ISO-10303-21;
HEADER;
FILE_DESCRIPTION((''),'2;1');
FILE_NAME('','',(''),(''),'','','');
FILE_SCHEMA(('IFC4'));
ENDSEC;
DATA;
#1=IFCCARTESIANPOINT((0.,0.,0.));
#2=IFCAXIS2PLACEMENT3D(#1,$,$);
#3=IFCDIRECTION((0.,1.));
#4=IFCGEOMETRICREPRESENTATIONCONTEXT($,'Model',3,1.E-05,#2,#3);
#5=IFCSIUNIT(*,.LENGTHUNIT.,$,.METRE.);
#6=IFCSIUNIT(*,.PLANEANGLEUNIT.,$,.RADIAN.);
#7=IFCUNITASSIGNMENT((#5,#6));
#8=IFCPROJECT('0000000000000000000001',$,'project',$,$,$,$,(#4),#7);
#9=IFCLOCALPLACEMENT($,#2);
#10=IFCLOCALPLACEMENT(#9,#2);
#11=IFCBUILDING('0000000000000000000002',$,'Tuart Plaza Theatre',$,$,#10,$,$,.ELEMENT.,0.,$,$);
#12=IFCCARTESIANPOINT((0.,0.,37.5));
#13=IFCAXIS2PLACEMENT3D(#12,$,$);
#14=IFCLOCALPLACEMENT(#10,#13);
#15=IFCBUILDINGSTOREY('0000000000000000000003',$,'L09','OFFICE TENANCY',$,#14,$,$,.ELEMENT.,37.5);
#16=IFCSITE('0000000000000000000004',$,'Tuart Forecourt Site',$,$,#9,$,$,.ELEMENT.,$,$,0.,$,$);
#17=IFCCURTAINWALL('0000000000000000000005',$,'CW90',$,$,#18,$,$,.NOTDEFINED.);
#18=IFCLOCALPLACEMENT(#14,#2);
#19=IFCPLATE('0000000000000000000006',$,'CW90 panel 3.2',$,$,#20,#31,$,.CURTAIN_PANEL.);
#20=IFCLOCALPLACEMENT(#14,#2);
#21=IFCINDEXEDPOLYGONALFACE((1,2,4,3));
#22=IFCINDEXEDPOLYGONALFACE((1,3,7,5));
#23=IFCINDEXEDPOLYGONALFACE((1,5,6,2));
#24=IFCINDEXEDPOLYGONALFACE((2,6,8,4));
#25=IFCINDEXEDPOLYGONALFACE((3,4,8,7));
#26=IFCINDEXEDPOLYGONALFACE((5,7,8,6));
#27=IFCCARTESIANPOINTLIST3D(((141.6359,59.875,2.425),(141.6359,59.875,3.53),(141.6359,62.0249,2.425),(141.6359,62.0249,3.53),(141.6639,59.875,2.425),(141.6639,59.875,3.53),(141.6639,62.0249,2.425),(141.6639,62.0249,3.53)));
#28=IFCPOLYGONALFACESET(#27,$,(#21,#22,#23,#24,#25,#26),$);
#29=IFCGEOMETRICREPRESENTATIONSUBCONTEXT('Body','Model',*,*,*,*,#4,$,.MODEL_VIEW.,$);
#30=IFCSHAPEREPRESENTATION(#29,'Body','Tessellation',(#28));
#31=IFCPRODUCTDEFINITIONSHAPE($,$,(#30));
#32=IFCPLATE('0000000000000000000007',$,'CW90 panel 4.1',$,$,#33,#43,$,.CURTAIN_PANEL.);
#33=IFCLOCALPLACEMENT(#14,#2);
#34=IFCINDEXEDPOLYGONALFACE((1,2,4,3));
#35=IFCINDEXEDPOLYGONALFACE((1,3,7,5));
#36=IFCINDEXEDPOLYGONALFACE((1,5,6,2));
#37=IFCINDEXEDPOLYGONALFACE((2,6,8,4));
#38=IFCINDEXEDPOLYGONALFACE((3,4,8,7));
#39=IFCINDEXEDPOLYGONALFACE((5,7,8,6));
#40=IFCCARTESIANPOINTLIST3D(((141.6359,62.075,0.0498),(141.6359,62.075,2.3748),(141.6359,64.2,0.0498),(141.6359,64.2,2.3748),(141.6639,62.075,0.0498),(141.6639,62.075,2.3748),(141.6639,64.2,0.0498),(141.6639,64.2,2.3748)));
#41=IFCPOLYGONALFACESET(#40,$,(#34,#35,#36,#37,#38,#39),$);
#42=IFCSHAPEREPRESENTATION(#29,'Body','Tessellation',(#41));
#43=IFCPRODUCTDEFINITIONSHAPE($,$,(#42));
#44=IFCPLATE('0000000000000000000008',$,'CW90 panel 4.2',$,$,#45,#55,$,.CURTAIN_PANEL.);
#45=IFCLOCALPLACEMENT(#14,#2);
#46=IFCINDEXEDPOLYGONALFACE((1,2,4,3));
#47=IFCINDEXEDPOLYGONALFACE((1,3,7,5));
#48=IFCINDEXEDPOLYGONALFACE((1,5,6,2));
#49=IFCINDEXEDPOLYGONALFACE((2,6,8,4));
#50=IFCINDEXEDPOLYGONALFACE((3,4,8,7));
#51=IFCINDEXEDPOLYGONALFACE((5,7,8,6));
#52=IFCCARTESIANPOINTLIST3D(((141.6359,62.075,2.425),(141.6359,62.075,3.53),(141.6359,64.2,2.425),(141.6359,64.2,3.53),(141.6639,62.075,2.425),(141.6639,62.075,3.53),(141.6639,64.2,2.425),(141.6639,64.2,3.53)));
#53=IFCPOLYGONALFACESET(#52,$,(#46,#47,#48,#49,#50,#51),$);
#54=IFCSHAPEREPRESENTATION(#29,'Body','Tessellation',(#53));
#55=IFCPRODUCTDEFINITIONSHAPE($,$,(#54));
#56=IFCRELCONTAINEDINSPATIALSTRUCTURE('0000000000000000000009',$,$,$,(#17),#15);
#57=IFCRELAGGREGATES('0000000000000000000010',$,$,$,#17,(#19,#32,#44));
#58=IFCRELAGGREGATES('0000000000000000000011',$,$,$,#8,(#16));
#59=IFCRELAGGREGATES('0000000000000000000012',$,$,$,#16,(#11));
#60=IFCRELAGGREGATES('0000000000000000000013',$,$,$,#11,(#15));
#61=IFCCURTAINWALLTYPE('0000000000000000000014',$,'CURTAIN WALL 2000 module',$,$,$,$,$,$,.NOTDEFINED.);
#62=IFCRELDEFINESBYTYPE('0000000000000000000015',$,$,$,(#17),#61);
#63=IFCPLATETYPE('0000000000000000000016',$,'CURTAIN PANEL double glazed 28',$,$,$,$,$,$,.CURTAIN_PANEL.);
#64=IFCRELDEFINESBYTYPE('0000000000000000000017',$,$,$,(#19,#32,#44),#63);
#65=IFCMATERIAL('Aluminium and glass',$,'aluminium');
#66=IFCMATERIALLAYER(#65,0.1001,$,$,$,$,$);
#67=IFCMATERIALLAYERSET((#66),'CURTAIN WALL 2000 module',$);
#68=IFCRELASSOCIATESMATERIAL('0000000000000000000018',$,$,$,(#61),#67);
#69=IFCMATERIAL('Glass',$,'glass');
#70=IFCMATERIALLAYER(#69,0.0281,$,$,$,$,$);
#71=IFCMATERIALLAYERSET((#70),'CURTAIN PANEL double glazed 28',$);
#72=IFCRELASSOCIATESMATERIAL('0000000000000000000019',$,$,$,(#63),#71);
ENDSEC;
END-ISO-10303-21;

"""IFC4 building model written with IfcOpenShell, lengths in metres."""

from ifc_helpers import new_model, si_unit, direction, frame, origin, origin_2d, place, context, subcontext, project, spatial, rectangle, extrude, material, layer, layer_set, type_object, element, aggregate, save


model = new_model("IFC4")

# Units and contexts
model_context = context("Model", 3, precision=1e-05, world=origin(), true_north=direction((0.0, 1.0)))
body_context = subcontext(model_context, "Body", "Model", "MODEL_VIEW")
ifc_project = project(units=[si_unit("LENGTHUNIT", "METRE"), si_unit("PLANEANGLEUNIT", "RADIAN")], contexts=[model_context])

# Site, building, storey
site_placement = place(None, origin())
site = spatial("IfcSite", under=ifc_project, at=site_placement, Name="Tuart Forecourt Site", CompositionType="ELEMENT", RefElevation=0.0)
building_placement = place(site_placement, origin())
building = spatial("IfcBuilding", under=site, at=building_placement, Name="Tuart Plaza Theatre", CompositionType="ELEMENT", ElevationOfRefHeight=0.0)
storey_placement = place(building_placement, frame((0.0, 0.0, 37.5)))
storey = spatial("IfcBuildingStorey", under=building, at=storey_placement, Name="L09", Description="OFFICE TENANCY", CompositionType="ELEMENT", Elevation=37.5)

# Shared definitions
ifc_material_1 = material(Name="Aluminium and glass", Category="aluminium")
ifc_layer_1 = layer(ifc_material_1, 0.1001)
ifc_layer_set_1 = layer_set([ifc_layer_1], Name="CURTAIN WALL 2000 module")
curtain_wall_type = type_object("IfcCurtainWallType", Name="CURTAIN WALL 2000 module", PredefinedType="NOTDEFINED", material=ifc_layer_set_1)

# Curtain wall, plates
curtain_wall_1_placement = place(storey_placement, origin())
curtain_wall_1 = element("IfcCurtainWall", 1, at=curtain_wall_1_placement, inside=storey, type_object=curtain_wall_type, Name="CW90", PredefinedType="NOTDEFINED")
ifc_material_2 = material(Name="Glass", Category="glass")
ifc_layer_2 = layer(ifc_material_2, 0.0281)
ifc_layer_set_2 = layer_set([ifc_layer_2], Name="CURTAIN PANEL double glazed 28")
plate_type = type_object("IfcPlateType", Name="CURTAIN PANEL double glazed 28", PredefinedType="CURTAIN_PANEL", material=ifc_layer_set_2)
plate_1_placement = place(storey_placement, frame((141.6499, 60.95, 2.425), z_axis=(0.0, 0.0, 1.0), x_axis=(0.0, 1.0, 0.0)))
plate_1 = element("IfcPlate", 2, at=plate_1_placement, type_object=plate_type, Name="CW90 panel 3.2", PredefinedType="CURTAIN_PANEL", context=body_context, shape_type="SweptSolid", body=[
    extrude(rectangle(XDim=2.1499, YDim=0.0281, at=origin_2d()), origin(), (0.0, 0.0, 1.0), 1.105),
])
plate_2_placement = place(storey_placement, frame((141.6499, 63.1375, 0.0498), z_axis=(0.0, 0.0, 1.0), x_axis=(0.0, 1.0, 0.0)))
plate_2 = element("IfcPlate", 3, at=plate_2_placement, type_object=plate_type, Name="CW90 panel 4.1", PredefinedType="CURTAIN_PANEL", context=body_context, shape_type="SweptSolid", body=[
    extrude(rectangle(XDim=2.125, YDim=0.0281, at=origin_2d()), origin(), (0.0, 0.0, 1.0), 2.325),
])
plate_3_placement = place(storey_placement, frame((141.6499, 63.1375, 2.425), z_axis=(0.0, 0.0, 1.0), x_axis=(0.0, 1.0, 0.0)))
plate_3 = element("IfcPlate", 4, at=plate_3_placement, type_object=plate_type, Name="CW90 panel 4.2", PredefinedType="CURTAIN_PANEL", context=body_context, shape_type="SweptSolid", body=[
    extrude(rectangle(XDim=2.125, YDim=0.0281, at=origin_2d()), origin(), (0.0, 0.0, 1.0), 1.105),
])
aggregate(curtain_wall_1, [plate_1, plate_2, plate_3])

save(model, "model.ifc")
